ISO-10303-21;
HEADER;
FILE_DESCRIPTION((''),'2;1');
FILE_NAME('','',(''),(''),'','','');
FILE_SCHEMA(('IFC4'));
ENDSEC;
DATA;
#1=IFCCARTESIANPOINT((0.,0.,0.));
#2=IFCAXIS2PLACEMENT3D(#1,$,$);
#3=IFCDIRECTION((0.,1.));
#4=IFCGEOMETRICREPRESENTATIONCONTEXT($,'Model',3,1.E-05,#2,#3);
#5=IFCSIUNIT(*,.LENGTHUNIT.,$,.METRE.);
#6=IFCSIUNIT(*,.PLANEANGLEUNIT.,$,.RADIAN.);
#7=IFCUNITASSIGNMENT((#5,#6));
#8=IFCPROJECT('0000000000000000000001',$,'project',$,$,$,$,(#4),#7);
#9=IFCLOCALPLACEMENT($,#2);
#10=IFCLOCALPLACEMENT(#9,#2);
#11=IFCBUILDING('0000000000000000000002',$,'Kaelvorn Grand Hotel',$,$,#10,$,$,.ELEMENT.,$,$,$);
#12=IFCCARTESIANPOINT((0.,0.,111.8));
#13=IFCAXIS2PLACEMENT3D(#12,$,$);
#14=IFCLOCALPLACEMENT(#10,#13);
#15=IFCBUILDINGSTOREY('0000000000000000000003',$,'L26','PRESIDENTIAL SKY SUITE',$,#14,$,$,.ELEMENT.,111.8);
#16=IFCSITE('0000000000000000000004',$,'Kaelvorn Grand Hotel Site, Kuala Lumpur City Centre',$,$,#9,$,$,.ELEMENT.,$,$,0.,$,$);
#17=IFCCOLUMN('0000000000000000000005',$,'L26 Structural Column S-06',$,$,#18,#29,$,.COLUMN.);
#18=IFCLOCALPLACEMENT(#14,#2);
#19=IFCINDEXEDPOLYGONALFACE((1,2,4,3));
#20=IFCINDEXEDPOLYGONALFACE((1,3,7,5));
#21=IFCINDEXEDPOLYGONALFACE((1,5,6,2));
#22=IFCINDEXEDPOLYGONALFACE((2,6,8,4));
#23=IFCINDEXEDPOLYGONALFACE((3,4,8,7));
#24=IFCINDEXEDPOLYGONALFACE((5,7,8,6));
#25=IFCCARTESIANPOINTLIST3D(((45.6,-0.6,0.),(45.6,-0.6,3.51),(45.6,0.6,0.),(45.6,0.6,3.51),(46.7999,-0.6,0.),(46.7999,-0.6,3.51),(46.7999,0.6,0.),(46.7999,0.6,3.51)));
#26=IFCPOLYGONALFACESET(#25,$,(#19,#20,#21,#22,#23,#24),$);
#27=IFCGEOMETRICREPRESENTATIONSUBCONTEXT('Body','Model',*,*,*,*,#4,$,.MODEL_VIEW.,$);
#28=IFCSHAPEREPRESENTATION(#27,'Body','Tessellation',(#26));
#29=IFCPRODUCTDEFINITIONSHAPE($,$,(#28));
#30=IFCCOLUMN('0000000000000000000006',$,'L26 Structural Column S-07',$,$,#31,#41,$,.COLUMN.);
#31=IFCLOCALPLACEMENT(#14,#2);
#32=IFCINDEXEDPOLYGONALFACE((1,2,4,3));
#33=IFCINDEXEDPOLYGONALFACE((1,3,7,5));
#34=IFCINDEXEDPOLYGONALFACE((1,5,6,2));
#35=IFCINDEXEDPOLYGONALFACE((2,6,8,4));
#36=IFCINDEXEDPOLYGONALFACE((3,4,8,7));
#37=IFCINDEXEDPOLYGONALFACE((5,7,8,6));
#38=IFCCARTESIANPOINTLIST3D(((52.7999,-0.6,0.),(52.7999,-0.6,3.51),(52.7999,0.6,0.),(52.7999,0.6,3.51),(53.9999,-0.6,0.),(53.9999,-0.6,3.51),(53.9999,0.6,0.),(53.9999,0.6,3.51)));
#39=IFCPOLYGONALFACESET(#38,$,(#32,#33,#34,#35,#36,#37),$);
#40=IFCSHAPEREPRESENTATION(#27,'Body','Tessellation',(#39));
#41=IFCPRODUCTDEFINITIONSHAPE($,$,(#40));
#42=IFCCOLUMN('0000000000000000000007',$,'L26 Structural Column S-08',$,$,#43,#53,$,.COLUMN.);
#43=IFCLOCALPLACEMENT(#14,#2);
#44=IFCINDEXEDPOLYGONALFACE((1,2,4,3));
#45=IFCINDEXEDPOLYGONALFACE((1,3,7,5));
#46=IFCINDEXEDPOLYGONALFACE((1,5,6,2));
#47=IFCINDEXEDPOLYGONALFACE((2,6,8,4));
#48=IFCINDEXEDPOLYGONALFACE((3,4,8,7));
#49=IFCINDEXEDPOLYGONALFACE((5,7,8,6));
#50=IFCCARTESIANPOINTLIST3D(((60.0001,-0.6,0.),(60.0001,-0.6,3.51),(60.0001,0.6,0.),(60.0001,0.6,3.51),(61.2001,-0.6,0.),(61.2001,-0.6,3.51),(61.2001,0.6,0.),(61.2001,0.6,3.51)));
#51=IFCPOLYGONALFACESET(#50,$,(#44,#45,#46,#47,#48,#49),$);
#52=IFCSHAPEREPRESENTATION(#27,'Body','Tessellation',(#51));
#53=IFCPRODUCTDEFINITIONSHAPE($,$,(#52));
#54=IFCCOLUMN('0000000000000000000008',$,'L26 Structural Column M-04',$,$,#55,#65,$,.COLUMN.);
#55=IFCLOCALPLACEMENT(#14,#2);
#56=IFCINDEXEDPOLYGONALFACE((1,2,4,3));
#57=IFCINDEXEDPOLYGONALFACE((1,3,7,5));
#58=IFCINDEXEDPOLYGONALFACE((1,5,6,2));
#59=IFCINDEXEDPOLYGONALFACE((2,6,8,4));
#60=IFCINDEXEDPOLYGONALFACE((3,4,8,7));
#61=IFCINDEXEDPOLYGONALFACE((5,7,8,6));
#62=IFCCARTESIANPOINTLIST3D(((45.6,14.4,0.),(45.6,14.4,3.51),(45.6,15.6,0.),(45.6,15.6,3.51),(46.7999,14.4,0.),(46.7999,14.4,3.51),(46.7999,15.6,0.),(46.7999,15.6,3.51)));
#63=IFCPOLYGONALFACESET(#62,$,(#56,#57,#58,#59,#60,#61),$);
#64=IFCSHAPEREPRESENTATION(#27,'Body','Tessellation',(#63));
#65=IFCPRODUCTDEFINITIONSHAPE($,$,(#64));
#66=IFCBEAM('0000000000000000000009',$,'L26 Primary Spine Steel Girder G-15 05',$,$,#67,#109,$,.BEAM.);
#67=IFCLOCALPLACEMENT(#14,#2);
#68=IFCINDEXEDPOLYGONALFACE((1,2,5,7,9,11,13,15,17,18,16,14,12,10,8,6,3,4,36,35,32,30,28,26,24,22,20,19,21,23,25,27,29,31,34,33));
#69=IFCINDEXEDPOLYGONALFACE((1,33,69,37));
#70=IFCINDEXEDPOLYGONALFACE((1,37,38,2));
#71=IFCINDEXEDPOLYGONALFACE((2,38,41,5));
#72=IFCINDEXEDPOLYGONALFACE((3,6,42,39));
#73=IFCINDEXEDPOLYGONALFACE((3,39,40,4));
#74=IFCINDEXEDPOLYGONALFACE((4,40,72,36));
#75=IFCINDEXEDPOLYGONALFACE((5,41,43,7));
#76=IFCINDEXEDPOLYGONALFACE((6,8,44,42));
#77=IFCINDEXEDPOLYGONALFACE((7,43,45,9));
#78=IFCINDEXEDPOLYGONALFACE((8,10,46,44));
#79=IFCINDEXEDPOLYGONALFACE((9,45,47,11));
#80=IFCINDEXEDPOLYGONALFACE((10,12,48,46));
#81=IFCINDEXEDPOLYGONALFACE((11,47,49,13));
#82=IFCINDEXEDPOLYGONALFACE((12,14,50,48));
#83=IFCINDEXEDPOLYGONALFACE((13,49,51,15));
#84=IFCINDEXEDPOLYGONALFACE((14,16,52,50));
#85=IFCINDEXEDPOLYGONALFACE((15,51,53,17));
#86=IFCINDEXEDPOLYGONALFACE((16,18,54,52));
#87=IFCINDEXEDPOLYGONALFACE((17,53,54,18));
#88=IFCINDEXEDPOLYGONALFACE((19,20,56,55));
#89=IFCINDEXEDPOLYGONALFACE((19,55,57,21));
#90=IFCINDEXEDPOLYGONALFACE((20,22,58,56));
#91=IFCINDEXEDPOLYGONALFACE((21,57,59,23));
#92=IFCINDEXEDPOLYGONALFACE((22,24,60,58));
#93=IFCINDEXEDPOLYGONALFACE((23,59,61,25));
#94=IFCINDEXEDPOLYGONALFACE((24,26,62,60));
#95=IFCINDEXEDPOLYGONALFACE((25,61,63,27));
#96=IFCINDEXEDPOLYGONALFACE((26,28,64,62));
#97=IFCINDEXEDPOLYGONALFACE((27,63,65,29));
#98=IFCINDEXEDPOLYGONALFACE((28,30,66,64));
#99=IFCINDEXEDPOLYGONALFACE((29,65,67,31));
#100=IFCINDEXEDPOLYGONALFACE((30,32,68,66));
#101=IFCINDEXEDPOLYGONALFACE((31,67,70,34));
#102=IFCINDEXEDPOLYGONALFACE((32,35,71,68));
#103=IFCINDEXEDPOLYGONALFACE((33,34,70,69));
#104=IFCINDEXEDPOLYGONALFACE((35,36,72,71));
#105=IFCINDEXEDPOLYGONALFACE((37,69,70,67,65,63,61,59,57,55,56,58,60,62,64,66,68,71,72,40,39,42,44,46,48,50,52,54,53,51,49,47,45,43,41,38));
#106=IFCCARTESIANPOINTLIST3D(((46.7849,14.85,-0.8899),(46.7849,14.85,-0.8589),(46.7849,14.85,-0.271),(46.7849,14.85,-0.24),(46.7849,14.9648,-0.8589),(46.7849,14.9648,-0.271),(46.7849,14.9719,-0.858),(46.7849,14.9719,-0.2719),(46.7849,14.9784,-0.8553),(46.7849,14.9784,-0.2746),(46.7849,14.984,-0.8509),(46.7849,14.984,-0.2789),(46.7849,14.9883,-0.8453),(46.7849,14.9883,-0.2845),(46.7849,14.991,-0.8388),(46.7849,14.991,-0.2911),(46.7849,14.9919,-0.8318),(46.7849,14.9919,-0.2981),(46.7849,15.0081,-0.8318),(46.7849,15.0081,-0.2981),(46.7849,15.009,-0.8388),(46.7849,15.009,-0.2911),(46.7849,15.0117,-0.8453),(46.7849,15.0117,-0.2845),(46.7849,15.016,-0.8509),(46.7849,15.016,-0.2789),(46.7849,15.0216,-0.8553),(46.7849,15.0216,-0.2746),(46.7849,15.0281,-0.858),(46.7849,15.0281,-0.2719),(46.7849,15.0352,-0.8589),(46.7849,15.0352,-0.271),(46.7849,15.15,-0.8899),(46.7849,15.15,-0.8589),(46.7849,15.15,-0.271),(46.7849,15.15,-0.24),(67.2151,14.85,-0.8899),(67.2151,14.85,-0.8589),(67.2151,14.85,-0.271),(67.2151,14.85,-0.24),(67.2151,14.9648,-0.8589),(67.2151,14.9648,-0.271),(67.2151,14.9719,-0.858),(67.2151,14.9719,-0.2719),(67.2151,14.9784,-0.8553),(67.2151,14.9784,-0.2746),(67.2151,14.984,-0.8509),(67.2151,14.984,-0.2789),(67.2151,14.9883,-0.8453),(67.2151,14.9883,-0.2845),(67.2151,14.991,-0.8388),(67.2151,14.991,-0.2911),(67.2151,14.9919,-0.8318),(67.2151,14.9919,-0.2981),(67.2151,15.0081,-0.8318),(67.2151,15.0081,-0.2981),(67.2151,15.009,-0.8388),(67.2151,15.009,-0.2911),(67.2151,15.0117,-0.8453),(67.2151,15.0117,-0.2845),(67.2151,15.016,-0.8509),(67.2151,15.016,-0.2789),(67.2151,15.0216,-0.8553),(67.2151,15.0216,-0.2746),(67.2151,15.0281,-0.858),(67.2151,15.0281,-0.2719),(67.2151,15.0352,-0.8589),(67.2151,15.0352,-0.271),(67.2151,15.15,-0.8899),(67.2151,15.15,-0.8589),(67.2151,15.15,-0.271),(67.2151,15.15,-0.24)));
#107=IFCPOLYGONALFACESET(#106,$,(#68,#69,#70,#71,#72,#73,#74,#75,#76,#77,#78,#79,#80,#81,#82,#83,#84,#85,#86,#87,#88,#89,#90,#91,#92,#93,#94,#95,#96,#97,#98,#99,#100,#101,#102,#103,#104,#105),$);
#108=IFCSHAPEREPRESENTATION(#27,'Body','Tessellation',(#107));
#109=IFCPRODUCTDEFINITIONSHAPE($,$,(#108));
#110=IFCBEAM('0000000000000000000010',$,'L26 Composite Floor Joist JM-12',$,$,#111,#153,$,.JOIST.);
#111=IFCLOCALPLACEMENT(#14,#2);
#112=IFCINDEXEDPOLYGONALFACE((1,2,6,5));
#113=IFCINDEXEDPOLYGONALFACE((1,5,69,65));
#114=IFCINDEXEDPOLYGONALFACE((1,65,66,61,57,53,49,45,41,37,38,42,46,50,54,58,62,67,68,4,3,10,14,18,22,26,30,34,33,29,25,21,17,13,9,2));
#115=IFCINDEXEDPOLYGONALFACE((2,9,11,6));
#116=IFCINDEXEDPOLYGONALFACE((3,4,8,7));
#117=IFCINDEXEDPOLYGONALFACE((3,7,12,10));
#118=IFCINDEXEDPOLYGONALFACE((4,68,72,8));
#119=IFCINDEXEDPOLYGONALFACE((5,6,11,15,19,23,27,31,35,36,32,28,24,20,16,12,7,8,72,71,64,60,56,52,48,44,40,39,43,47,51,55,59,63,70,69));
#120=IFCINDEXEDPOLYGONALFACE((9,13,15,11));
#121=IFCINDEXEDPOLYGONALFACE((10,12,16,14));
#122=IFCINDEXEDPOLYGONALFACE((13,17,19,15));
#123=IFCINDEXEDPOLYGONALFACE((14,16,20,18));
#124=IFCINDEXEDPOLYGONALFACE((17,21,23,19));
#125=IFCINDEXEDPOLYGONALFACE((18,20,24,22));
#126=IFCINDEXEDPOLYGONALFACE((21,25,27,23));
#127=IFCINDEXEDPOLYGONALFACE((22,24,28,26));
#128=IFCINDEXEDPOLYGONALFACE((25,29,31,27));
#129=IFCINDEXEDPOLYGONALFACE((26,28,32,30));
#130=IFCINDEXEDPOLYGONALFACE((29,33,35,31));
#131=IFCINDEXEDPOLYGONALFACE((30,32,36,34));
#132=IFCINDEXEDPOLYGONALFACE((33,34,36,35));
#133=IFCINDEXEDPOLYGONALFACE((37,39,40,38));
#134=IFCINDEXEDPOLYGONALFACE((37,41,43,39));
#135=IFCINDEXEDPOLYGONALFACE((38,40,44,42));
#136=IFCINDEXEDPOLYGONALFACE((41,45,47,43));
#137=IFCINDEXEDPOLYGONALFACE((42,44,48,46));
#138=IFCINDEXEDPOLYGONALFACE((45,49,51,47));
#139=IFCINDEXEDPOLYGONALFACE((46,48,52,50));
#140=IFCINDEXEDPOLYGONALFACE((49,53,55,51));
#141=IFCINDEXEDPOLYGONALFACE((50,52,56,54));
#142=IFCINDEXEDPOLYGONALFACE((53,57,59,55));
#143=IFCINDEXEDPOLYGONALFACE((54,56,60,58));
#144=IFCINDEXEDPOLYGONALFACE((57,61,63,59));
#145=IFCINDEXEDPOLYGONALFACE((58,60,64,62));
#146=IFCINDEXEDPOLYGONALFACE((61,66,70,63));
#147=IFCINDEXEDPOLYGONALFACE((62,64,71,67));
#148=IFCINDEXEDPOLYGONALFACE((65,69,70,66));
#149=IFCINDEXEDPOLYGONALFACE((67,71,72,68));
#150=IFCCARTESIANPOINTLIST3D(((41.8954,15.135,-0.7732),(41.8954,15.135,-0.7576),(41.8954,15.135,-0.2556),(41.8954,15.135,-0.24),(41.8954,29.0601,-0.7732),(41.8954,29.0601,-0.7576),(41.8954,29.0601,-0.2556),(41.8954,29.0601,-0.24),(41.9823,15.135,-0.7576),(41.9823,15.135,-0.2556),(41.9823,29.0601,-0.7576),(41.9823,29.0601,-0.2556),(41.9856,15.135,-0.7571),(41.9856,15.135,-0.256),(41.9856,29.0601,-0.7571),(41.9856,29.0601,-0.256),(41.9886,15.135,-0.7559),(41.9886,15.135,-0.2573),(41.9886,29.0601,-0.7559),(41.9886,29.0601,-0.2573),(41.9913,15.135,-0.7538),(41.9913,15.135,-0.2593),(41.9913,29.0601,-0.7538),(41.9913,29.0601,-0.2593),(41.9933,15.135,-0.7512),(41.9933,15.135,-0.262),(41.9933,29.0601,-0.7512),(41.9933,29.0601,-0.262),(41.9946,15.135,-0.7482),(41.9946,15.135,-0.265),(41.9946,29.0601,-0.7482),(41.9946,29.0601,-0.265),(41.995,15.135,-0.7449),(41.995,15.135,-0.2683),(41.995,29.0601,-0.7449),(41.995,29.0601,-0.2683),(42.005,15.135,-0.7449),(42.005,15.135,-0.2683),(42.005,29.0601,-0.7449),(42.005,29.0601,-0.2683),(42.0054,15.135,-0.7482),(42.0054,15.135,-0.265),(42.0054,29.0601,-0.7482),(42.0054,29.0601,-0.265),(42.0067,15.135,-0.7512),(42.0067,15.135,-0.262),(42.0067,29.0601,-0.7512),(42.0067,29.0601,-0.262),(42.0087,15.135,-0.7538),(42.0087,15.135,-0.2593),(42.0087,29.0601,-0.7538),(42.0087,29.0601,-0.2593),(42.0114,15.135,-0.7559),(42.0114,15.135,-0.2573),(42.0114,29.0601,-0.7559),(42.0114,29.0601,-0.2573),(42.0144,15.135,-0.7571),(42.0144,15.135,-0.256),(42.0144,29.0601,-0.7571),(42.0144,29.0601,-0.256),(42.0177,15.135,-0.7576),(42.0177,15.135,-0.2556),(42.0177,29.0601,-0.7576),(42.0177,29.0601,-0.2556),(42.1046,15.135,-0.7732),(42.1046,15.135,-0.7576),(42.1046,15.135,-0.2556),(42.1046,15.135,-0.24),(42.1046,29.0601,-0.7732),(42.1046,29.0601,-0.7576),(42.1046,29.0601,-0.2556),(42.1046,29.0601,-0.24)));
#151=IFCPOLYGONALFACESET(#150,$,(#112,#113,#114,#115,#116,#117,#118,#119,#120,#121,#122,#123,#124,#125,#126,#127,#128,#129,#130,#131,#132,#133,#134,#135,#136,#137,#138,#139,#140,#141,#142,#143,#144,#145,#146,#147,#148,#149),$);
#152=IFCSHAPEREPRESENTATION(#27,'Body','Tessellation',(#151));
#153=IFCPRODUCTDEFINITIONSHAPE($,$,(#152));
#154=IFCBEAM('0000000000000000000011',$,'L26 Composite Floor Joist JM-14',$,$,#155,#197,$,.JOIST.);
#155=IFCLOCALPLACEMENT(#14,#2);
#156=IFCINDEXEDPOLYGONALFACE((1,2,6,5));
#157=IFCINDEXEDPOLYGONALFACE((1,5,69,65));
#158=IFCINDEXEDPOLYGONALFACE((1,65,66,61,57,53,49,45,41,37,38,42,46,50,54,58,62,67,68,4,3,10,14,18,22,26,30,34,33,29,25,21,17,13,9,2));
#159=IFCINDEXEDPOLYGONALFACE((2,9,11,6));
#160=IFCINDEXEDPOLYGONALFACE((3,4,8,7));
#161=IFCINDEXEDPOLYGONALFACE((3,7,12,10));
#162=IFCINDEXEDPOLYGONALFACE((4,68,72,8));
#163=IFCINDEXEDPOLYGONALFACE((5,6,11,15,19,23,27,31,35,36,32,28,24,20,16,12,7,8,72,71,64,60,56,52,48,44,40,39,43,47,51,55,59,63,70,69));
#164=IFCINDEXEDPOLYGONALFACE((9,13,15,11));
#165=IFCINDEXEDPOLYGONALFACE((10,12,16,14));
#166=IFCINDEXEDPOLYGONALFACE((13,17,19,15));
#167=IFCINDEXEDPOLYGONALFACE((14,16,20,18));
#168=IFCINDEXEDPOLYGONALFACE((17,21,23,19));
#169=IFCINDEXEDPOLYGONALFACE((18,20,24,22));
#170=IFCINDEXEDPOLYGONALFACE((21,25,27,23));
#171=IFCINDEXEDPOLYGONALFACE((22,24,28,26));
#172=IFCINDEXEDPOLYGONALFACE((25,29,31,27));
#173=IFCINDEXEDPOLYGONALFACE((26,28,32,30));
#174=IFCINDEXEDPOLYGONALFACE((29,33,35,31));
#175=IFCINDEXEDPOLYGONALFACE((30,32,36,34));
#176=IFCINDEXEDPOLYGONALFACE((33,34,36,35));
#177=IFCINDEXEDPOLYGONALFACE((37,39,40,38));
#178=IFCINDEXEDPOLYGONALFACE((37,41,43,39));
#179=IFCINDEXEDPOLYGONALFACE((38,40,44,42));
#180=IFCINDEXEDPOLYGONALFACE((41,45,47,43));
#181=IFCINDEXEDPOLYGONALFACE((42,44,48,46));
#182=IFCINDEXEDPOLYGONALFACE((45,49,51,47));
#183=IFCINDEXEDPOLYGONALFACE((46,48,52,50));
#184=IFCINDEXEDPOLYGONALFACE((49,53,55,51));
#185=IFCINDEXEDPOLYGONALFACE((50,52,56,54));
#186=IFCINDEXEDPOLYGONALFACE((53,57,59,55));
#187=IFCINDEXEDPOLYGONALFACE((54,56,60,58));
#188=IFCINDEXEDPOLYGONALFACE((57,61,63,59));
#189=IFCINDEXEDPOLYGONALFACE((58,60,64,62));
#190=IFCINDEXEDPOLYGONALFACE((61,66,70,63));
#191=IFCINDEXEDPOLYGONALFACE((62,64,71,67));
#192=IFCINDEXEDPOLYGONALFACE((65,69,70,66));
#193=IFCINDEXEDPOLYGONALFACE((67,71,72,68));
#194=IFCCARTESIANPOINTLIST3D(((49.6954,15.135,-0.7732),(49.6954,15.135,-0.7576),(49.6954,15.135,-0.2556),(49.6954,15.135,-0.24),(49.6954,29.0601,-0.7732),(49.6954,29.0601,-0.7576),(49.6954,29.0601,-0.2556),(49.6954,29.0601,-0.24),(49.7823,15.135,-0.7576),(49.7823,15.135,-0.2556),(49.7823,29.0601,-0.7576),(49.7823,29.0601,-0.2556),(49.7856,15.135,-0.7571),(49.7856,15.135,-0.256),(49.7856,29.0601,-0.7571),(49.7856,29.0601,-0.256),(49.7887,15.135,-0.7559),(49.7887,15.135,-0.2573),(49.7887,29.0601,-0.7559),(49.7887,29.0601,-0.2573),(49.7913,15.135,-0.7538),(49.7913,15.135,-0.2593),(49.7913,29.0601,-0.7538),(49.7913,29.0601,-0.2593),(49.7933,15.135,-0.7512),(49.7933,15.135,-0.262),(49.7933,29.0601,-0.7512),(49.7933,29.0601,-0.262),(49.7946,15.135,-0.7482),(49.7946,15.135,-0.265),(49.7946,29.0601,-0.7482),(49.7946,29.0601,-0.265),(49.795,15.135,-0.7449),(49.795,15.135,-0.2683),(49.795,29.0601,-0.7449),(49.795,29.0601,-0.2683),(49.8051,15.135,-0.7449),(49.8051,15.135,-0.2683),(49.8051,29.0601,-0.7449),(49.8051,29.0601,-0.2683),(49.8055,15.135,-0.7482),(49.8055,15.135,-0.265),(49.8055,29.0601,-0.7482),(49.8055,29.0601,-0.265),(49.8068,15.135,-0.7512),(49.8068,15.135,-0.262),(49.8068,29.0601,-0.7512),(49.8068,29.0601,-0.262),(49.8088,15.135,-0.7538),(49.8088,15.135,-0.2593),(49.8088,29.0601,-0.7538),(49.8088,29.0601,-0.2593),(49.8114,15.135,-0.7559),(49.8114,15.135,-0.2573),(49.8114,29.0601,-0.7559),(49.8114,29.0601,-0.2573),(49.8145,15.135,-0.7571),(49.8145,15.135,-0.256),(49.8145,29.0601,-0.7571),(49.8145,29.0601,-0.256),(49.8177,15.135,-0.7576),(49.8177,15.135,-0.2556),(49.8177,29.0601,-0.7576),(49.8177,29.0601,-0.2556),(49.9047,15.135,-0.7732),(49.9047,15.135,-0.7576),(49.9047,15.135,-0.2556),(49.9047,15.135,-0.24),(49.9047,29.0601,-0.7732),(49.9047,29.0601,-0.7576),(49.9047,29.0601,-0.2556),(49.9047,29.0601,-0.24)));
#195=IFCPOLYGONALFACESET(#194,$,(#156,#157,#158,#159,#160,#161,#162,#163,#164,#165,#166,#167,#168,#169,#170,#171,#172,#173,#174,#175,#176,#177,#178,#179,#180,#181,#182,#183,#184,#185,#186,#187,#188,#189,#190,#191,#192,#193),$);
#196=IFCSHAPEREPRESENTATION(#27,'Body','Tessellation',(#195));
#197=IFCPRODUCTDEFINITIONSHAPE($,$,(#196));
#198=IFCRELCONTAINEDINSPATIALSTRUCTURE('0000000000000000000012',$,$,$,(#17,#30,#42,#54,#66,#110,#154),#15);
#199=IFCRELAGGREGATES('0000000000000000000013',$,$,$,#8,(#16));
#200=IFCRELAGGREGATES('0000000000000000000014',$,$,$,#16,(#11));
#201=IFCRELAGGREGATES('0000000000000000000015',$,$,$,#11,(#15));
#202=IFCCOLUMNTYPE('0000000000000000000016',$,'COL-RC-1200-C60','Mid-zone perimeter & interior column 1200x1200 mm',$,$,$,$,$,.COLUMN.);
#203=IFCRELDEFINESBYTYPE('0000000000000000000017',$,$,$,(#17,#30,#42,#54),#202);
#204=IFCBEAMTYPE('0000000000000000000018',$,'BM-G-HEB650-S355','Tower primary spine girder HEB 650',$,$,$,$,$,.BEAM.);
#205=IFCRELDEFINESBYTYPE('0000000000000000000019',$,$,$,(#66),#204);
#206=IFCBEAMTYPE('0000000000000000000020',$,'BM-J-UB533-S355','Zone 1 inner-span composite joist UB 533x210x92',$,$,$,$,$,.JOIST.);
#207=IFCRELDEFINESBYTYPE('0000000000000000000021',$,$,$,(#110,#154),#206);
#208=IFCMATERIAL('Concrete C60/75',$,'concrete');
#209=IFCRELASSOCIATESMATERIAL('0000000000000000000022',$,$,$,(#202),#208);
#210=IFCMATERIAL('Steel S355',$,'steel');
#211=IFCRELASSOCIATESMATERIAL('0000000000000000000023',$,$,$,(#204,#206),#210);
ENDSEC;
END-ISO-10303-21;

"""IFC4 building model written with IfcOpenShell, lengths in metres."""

from ifc_helpers import new_model, si_unit, direction, frame, origin, origin_2d, place, context, subcontext, project, spatial, rectangle, i_section, extrude, material, material_profile, profile_set, type_object, element, save


model = new_model("IFC4")

# Units and contexts
model_context = context("Model", 3, precision=1e-05, world=origin(), true_north=direction((0.0, 1.0)))
body_context = subcontext(model_context, "Body", "Model", "MODEL_VIEW")
ifc_project = project(units=[si_unit("LENGTHUNIT", "METRE"), si_unit("PLANEANGLEUNIT", "RADIAN")], contexts=[model_context])

# Site, building, storey
site_placement = place(None, origin())
site = spatial("IfcSite", under=ifc_project, at=site_placement, Name="Kaelvorn Grand Hotel Site, Kuala Lumpur City Centre", CompositionType="ELEMENT", RefElevation=0.0)
building_placement = place(site_placement, origin())
building = spatial("IfcBuilding", under=site, at=building_placement, Name="Kaelvorn Grand Hotel", CompositionType="ELEMENT")
storey_placement = place(building_placement, frame((0.0, 0.0, 111.8)))
storey = spatial("IfcBuildingStorey", under=building, at=storey_placement, Name="L26", Description="PRESIDENTIAL SKY SUITE", CompositionType="ELEMENT", Elevation=111.8)

# Columns
ifc_material_1 = material(Name="Concrete C60/75", Category="concrete")
ifc_material_profile_1 = material_profile(ifc_material_1, rectangle(XDim=1.2, YDim=1.2, at=origin_2d()), Name="RC COL 1200x1200")
ifc_profile_set_1 = profile_set([ifc_material_profile_1], Name="Concrete C60/75")
column_type = type_object("IfcColumnType", Name="COL-RC-1200-C60", Description="Mid-zone perimeter & interior column 1200x1200 mm", PredefinedType="COLUMN", material=ifc_profile_set_1)
for number, where, z_axis, x_axis, name in (
    (1, (46.2, 0.0, 0.0), (0.0, 0.0, 1.0), (1.0, 0.0, 0.0), "L26 Structural Column S-06"),
    (2, (53.3999, 0.0, 0.0), (0.0, 0.0, 1.0), (1.0, 0.0, 0.0), "L26 Structural Column S-07"),
    (3, (60.6001, 0.0, 0.0), (0.0, 0.0, 1.0), (1.0, 0.0, 0.0), "L26 Structural Column S-08"),
    (4, (46.2, 15.0, 0.0), (0.0, 0.0, 1.0), (1.0, 0.0, 0.0), "L26 Structural Column M-04"),
):
    element("IfcColumn", number, at=place(storey_placement, frame(where, z_axis=z_axis, x_axis=x_axis)), inside=storey, type_object=column_type, Name=name, PredefinedType="COLUMN", context=body_context, shape_type="SweptSolid", body=[
        extrude(rectangle(XDim=1.2, YDim=1.2, at=origin_2d()), origin(), (0.0, 0.0, 1.0), 3.51),
    ])

# Beams
ifc_material_2 = material(Name="Steel S355", Category="steel")
ifc_material_profile_2 = material_profile(ifc_material_2, i_section(OverallWidth=0.3, OverallDepth=0.6499, WebThickness=0.0161, FlangeThickness=0.031, FilletRadius=0.0271, at=origin_2d()), Name="HEB 650")
ifc_profile_set_2 = profile_set([ifc_material_profile_2], Name="Steel S355")
beam_type_1 = type_object("IfcBeamType", Name="BM-G-HEB650-S355", Description="Tower primary spine girder HEB 650", PredefinedType="BEAM", material=ifc_profile_set_2)
beam_1_placement = place(storey_placement, frame((46.7849, 15.0, -0.5649), z_axis=(1.0, 0.0, 0.0), x_axis=(0.0, 1.0, 0.0)))
element("IfcBeam", 5, at=beam_1_placement, inside=storey, type_object=beam_type_1, Name="L26 Primary Spine Steel Girder G-15 05", PredefinedType="BEAM", context=body_context, shape_type="SweptSolid", body=[
    extrude(i_section(OverallWidth=0.3, OverallDepth=0.6499, WebThickness=0.0161, FlangeThickness=0.031, FilletRadius=0.0271, at=origin_2d()), origin(), (0.0, 0.0, 1.0), 20.4302),
])
ifc_material_profile_3 = material_profile(ifc_material_2, i_section(OverallWidth=0.2092, OverallDepth=0.5332, WebThickness=0.01, FlangeThickness=0.0156, FilletRadius=0.0127, at=origin_2d()), Name="UB 533x210x92")
ifc_profile_set_3 = profile_set([ifc_material_profile_3], Name="Steel S355")
beam_type_2 = type_object("IfcBeamType", Name="BM-J-UB533-S355", Description="Zone 1 inner-span composite joist UB 533x210x92", PredefinedType="JOIST", material=ifc_profile_set_3)
for number, where, z_axis, x_axis, name in (
    (6, (42.0, 15.135, -0.5066), (0.0, 1.0, 0.0), (-1.0, 0.0, 0.0), "L26 Composite Floor Joist JM-12"),
    (7, (49.8, 15.135, -0.5066), (0.0, 1.0, 0.0), (-1.0, 0.0, 0.0), "L26 Composite Floor Joist JM-14"),
):
    element("IfcBeam", number, at=place(storey_placement, frame(where, z_axis=z_axis, x_axis=x_axis)), inside=storey, type_object=beam_type_2, Name=name, PredefinedType="JOIST", context=body_context, shape_type="SweptSolid", body=[
        extrude(i_section(OverallWidth=0.2092, OverallDepth=0.5332, WebThickness=0.01, FlangeThickness=0.0156, FilletRadius=0.0127, at=origin_2d()), origin(), (0.0, 0.0, 1.0), 13.925),
    ])

save(model, "model.ifc")
